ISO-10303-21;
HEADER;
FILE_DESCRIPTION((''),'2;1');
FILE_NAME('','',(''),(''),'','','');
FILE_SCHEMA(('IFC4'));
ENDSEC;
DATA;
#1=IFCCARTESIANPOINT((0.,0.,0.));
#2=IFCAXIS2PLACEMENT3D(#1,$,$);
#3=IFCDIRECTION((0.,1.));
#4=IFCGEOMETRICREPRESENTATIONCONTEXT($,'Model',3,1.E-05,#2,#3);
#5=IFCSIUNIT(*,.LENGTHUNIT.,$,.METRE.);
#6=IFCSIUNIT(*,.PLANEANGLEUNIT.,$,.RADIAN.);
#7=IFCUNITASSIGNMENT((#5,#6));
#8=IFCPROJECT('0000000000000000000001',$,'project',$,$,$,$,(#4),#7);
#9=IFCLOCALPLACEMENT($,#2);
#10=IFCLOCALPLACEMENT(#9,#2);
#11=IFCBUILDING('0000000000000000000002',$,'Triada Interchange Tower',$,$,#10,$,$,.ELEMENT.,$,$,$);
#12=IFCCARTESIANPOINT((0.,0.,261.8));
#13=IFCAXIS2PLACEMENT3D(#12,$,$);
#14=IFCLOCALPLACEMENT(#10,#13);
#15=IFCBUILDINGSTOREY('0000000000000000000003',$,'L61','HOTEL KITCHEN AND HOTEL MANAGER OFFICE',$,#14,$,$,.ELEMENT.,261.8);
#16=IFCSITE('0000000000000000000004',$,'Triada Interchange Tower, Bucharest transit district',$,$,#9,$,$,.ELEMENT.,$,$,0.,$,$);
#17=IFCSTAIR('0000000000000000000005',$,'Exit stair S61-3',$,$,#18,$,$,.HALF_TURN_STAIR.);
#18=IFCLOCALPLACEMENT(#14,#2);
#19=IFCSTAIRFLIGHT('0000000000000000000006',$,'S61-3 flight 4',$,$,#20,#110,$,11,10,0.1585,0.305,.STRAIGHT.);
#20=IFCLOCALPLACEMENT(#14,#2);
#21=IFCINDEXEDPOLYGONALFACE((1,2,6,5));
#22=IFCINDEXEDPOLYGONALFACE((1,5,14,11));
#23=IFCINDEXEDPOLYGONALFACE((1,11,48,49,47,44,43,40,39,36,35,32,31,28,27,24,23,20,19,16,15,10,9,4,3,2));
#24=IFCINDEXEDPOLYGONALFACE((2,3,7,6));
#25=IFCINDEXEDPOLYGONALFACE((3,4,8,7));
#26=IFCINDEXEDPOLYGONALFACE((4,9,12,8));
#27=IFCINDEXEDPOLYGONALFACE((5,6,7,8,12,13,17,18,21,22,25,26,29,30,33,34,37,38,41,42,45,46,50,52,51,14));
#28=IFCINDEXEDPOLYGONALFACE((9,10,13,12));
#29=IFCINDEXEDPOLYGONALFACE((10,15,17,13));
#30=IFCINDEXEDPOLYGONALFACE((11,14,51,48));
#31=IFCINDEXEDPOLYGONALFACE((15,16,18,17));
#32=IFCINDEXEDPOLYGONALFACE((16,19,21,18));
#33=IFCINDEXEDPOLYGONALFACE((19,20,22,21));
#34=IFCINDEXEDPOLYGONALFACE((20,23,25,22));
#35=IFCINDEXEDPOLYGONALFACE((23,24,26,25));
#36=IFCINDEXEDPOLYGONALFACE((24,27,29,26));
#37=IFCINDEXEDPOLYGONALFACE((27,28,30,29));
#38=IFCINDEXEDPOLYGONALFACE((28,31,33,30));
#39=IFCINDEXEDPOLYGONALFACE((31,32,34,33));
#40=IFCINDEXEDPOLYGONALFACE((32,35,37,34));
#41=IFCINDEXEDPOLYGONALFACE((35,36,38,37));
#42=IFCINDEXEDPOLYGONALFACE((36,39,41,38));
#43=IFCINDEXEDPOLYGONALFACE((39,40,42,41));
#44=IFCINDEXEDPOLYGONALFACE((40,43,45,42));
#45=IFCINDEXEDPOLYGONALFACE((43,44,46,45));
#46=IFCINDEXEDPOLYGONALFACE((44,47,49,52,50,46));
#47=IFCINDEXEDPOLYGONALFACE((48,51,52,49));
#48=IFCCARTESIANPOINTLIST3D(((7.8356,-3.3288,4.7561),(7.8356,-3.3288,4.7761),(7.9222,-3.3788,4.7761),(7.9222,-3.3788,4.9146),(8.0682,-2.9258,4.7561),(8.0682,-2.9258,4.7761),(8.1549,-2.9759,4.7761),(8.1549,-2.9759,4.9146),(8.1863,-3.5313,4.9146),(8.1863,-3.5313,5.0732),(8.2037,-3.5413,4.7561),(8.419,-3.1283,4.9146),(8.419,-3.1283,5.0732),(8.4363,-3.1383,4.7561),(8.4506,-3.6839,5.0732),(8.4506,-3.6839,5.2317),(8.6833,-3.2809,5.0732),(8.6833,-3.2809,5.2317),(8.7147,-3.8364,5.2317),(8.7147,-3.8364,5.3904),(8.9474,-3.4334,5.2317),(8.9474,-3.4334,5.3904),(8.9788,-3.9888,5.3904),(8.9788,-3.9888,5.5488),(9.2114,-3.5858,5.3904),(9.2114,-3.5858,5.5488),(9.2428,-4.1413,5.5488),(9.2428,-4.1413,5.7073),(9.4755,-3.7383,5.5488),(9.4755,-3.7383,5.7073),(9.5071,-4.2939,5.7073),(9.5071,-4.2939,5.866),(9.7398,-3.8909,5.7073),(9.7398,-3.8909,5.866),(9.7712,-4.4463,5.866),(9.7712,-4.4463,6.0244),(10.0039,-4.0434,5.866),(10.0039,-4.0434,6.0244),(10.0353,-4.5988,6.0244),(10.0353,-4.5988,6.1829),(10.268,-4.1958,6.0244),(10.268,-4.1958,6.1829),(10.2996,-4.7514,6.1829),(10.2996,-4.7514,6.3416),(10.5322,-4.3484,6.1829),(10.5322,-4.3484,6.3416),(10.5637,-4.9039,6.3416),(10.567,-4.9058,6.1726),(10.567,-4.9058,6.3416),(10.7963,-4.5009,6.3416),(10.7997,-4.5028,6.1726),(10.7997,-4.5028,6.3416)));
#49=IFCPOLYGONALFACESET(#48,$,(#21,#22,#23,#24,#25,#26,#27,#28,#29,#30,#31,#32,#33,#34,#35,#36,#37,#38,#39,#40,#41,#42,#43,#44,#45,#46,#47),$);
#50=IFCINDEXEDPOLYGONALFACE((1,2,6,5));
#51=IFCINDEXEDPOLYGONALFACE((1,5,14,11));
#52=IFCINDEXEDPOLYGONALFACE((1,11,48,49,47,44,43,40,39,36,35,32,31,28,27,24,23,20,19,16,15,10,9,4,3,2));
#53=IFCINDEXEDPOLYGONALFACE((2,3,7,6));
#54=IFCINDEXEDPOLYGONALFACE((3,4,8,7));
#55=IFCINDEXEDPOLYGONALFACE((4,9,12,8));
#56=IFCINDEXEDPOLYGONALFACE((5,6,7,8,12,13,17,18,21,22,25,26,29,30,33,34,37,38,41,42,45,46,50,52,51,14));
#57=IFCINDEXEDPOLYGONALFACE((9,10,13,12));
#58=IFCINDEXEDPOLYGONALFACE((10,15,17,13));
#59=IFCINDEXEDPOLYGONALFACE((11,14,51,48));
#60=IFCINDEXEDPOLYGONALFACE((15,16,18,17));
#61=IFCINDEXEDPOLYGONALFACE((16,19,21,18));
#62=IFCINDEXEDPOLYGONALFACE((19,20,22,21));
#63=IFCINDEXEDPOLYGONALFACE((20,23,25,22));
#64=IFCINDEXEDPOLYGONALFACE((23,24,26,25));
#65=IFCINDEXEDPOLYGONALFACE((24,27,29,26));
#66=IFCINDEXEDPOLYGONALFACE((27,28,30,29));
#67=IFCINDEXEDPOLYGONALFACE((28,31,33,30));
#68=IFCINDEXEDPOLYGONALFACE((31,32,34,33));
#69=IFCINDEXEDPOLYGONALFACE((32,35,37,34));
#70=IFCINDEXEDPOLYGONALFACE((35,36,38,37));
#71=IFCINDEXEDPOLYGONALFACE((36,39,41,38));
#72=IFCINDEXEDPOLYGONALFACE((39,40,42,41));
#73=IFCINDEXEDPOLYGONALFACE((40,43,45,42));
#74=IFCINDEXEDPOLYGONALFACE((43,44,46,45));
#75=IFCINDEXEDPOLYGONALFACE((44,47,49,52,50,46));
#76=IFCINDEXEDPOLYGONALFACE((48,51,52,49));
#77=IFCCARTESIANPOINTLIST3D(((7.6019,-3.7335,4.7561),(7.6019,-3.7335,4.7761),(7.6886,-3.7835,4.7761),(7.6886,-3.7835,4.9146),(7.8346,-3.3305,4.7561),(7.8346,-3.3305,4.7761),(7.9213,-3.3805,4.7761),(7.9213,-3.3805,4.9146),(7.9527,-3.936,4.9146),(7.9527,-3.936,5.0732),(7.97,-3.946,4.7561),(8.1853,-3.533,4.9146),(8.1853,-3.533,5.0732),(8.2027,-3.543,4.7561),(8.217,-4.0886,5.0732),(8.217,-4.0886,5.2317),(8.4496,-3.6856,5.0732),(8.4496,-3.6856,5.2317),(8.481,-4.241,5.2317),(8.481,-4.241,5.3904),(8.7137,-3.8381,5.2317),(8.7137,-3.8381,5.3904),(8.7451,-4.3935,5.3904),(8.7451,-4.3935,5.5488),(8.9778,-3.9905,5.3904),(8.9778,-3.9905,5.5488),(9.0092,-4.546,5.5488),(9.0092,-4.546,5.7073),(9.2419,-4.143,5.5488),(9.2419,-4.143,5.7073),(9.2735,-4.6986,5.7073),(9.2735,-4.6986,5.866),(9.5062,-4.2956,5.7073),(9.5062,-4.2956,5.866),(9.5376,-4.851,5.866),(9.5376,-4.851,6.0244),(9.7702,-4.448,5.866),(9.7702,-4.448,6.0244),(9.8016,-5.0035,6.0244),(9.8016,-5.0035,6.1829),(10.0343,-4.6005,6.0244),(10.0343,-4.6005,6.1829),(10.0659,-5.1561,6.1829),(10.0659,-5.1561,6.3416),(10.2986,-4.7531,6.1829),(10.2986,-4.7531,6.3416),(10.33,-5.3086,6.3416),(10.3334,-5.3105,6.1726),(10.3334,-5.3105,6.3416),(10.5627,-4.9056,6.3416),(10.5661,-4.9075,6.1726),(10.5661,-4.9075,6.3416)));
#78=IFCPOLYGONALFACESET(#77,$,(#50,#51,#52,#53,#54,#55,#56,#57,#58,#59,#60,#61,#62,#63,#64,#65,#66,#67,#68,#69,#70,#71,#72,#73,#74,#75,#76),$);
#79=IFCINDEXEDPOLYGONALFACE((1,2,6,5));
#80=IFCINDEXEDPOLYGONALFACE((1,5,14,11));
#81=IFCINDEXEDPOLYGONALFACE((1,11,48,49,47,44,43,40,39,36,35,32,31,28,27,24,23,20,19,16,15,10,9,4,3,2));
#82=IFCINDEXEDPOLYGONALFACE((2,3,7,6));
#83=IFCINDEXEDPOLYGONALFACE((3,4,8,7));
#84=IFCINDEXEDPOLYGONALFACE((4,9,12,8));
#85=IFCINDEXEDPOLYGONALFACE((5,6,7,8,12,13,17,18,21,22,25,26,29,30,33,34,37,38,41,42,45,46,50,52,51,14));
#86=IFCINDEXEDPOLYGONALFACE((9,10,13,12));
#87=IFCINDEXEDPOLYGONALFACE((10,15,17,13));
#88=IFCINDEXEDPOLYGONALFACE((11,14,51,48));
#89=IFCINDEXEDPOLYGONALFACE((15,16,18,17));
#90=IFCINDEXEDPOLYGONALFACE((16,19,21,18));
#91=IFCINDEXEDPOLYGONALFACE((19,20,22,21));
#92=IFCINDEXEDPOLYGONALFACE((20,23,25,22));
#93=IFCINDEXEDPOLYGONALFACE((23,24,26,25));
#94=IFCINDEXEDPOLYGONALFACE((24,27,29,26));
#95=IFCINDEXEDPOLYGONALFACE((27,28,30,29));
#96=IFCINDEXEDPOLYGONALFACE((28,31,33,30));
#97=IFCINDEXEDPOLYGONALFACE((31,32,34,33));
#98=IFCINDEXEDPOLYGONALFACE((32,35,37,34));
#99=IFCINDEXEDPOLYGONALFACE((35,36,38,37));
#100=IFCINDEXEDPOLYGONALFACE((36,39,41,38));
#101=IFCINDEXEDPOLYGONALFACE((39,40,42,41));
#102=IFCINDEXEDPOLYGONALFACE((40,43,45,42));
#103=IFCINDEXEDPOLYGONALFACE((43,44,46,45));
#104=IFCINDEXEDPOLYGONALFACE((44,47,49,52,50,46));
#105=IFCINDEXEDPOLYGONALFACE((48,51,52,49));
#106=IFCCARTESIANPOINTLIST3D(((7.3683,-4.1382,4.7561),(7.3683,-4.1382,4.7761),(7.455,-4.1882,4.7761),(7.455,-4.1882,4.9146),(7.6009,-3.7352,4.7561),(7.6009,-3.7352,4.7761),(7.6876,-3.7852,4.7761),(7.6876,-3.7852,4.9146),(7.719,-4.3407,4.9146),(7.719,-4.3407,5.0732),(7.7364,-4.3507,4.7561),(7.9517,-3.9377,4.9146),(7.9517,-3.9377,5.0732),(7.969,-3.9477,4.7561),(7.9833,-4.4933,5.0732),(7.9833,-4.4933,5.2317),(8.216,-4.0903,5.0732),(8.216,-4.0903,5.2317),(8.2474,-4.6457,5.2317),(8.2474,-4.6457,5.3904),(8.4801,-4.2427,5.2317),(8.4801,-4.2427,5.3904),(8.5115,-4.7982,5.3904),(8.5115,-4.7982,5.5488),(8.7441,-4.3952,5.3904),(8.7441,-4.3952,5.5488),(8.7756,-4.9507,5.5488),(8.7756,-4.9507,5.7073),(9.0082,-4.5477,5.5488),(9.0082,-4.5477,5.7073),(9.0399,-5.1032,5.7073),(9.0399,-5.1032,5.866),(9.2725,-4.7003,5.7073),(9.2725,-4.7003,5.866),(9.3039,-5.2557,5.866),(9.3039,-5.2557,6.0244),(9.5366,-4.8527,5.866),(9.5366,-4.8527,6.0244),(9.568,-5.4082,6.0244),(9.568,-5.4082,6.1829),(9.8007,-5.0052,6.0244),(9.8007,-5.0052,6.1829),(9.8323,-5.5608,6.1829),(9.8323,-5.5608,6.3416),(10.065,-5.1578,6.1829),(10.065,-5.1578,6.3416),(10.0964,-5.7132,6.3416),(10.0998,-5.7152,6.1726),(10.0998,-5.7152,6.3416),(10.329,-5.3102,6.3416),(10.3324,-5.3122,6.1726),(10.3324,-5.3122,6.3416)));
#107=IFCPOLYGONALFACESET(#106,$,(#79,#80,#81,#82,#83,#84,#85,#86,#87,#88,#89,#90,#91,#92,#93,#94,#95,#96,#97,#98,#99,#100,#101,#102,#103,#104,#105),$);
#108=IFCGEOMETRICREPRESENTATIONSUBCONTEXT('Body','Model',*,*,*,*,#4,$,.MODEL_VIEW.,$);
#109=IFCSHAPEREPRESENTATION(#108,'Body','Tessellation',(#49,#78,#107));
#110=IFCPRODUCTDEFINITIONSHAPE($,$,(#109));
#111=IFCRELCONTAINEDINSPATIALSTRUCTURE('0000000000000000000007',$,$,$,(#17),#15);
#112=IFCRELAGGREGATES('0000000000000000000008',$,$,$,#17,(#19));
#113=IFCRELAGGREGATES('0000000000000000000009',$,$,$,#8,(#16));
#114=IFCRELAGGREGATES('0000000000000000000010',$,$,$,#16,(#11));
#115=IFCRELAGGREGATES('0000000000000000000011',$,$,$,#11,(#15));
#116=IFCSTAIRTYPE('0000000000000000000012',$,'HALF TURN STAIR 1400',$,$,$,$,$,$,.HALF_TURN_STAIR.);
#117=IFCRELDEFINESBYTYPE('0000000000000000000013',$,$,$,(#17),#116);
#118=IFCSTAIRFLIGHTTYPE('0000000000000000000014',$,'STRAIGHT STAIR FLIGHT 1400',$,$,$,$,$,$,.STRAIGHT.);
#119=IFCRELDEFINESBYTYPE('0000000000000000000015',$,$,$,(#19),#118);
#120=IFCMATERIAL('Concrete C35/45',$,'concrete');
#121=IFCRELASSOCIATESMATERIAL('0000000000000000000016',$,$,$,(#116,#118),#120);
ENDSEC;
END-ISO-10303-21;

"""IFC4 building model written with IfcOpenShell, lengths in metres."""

from ifc_helpers import new_model, si_unit, direction, frame, origin, place, context, subcontext, project, spatial, polyline, outline, extrude, material, type_object, element, aggregate, save


model = new_model("IFC4")

# Units and contexts
model_context = context("Model", 3, precision=1e-05, world=origin(), true_north=direction((0.0, 1.0)))
body_context = subcontext(model_context, "Body", "Model", "MODEL_VIEW")
ifc_project = project(units=[si_unit("LENGTHUNIT", "METRE"), si_unit("PLANEANGLEUNIT", "RADIAN")], contexts=[model_context])

# Site, building, storey
site_placement = place(None, origin())
site = spatial("IfcSite", under=ifc_project, at=site_placement, Name="Triada Interchange Tower, Bucharest transit district", CompositionType="ELEMENT", RefElevation=0.0)
building_placement = place(site_placement, origin())
building = spatial("IfcBuilding", under=site, at=building_placement, Name="Triada Interchange Tower", CompositionType="ELEMENT")
storey_placement = place(building_placement, frame((0.0, 0.0, 261.8)))
storey = spatial("IfcBuildingStorey", under=building, at=storey_placement, Name="L61", Description="HOTEL KITCHEN AND HOTEL MANAGER OFFICE", CompositionType="ELEMENT", Elevation=261.8)

# Stair, stair flight
ifc_material_1 = material(Name="Concrete C35/45", Category="concrete")
stair_type = type_object("IfcStairType", Name="HALF TURN STAIR 1400", PredefinedType="HALF_TURN_STAIR", material=ifc_material_1)
stair_placement = place(storey_placement, origin())
stair = element("IfcStair", 1, at=stair_placement, inside=storey, type_object=stair_type, Name="Exit stair S61-3", PredefinedType="HALF_TURN_STAIR")
stair_flight_type = type_object("IfcStairFlightType", Name="STRAIGHT STAIR FLIGHT 1400", PredefinedType="STRAIGHT", material=ifc_material_1)
stair_flight_1_placement = place(storey_placement, frame((7.8049, -3.582, 4.7561), z_axis=(0.0, 0.0, 1.0), x_axis=(0.866025, -0.5, 0.0)))
stair_flight_1 = element("IfcStairFlight", 2, at=stair_flight_1_placement, type_object=stair_flight_type, Name="S61-3 flight 4", NumberOfRisers=11, NumberOfTreads=10, PredefinedType="STRAIGHT", RiserHeight=0.1585, TreadLength=0.305, context=body_context, shape_type="SweptSolid", body=[
    extrude(outline(polyline([(-0.1001, 0.0), (-0.1001, 0.02), (0.0, 0.02), (0.0, 0.1584), (0.3049, 0.1584), (0.3049, 0.3171), (0.6101, 0.3171), (0.6101, 0.4756), (0.915, 0.4756), (0.915, 0.6343), (1.22, 0.6343), (1.22, 0.7927), (1.5249, 0.7927), (1.5249, 0.9512), (1.8301, 0.9512), (1.8301, 1.1099), (2.135, 1.1099), (2.135, 1.2683), (2.4399, 1.2683), (2.4399, 1.4268), (2.7451, 1.4268), (2.7451, 1.5854), (3.05, 1.5854), (3.054, 1.5854), (3.054, 1.7439), (3.054, 1.4165), (0.325, 0.0), (-0.1001, 0.0)])), frame((0.0, 0.7, 0.0), z_axis=(0.0, -1.0, 0.0), x_axis=(1.0, 0.0, 0.0)), (0.0, 0.0, 1.0), 0.4653),
    extrude(outline(polyline([(-0.1001, 0.0), (-0.1001, 0.02), (0.0, 0.02), (0.0, 0.1584), (0.3049, 0.1584), (0.3049, 0.3171), (0.6101, 0.3171), (0.6101, 0.4756), (0.915, 0.4756), (0.915, 0.6343), (1.22, 0.6343), (1.22, 0.7927), (1.5249, 0.7927), (1.5249, 0.9512), (1.8301, 0.9512), (1.8301, 1.1099), (2.135, 1.1099), (2.135, 1.2683), (2.4399, 1.2683), (2.4399, 1.4268), (2.7451, 1.4268), (2.7451, 1.5854), (3.05, 1.5854), (3.054, 1.5854), (3.054, 1.7439), (3.054, 1.4165), (0.325, 0.0), (-0.1001, 0.0)])), frame((0.0, 0.2327, 0.0), z_axis=(0.0, -1.0, 0.0), x_axis=(1.0, 0.0, 0.0)), (0.0, 0.0, 1.0), 0.4653),
    extrude(outline(polyline([(-0.1001, 0.0), (-0.1001, 0.02), (0.0, 0.02), (0.0, 0.1584), (0.3049, 0.1584), (0.3049, 0.3171), (0.6101, 0.3171), (0.6101, 0.4756), (0.915, 0.4756), (0.915, 0.6343), (1.22, 0.6343), (1.22, 0.7927), (1.5249, 0.7927), (1.5249, 0.9512), (1.8301, 0.9512), (1.8301, 1.1099), (2.135, 1.1099), (2.135, 1.2683), (2.4399, 1.2683), (2.4399, 1.4268), (2.7451, 1.4268), (2.7451, 1.5854), (3.05, 1.5854), (3.054, 1.5854), (3.054, 1.7439), (3.054, 1.4165), (0.325, 0.0), (-0.1001, 0.0)])), frame((0.0, -0.2346, 0.0), z_axis=(0.0, -1.0, 0.0), x_axis=(1.0, 0.0, 0.0)), (0.0, 0.0, 1.0), 0.4653),
])
aggregate(stair, [stair_flight_1])

save(model, "model.ifc")
